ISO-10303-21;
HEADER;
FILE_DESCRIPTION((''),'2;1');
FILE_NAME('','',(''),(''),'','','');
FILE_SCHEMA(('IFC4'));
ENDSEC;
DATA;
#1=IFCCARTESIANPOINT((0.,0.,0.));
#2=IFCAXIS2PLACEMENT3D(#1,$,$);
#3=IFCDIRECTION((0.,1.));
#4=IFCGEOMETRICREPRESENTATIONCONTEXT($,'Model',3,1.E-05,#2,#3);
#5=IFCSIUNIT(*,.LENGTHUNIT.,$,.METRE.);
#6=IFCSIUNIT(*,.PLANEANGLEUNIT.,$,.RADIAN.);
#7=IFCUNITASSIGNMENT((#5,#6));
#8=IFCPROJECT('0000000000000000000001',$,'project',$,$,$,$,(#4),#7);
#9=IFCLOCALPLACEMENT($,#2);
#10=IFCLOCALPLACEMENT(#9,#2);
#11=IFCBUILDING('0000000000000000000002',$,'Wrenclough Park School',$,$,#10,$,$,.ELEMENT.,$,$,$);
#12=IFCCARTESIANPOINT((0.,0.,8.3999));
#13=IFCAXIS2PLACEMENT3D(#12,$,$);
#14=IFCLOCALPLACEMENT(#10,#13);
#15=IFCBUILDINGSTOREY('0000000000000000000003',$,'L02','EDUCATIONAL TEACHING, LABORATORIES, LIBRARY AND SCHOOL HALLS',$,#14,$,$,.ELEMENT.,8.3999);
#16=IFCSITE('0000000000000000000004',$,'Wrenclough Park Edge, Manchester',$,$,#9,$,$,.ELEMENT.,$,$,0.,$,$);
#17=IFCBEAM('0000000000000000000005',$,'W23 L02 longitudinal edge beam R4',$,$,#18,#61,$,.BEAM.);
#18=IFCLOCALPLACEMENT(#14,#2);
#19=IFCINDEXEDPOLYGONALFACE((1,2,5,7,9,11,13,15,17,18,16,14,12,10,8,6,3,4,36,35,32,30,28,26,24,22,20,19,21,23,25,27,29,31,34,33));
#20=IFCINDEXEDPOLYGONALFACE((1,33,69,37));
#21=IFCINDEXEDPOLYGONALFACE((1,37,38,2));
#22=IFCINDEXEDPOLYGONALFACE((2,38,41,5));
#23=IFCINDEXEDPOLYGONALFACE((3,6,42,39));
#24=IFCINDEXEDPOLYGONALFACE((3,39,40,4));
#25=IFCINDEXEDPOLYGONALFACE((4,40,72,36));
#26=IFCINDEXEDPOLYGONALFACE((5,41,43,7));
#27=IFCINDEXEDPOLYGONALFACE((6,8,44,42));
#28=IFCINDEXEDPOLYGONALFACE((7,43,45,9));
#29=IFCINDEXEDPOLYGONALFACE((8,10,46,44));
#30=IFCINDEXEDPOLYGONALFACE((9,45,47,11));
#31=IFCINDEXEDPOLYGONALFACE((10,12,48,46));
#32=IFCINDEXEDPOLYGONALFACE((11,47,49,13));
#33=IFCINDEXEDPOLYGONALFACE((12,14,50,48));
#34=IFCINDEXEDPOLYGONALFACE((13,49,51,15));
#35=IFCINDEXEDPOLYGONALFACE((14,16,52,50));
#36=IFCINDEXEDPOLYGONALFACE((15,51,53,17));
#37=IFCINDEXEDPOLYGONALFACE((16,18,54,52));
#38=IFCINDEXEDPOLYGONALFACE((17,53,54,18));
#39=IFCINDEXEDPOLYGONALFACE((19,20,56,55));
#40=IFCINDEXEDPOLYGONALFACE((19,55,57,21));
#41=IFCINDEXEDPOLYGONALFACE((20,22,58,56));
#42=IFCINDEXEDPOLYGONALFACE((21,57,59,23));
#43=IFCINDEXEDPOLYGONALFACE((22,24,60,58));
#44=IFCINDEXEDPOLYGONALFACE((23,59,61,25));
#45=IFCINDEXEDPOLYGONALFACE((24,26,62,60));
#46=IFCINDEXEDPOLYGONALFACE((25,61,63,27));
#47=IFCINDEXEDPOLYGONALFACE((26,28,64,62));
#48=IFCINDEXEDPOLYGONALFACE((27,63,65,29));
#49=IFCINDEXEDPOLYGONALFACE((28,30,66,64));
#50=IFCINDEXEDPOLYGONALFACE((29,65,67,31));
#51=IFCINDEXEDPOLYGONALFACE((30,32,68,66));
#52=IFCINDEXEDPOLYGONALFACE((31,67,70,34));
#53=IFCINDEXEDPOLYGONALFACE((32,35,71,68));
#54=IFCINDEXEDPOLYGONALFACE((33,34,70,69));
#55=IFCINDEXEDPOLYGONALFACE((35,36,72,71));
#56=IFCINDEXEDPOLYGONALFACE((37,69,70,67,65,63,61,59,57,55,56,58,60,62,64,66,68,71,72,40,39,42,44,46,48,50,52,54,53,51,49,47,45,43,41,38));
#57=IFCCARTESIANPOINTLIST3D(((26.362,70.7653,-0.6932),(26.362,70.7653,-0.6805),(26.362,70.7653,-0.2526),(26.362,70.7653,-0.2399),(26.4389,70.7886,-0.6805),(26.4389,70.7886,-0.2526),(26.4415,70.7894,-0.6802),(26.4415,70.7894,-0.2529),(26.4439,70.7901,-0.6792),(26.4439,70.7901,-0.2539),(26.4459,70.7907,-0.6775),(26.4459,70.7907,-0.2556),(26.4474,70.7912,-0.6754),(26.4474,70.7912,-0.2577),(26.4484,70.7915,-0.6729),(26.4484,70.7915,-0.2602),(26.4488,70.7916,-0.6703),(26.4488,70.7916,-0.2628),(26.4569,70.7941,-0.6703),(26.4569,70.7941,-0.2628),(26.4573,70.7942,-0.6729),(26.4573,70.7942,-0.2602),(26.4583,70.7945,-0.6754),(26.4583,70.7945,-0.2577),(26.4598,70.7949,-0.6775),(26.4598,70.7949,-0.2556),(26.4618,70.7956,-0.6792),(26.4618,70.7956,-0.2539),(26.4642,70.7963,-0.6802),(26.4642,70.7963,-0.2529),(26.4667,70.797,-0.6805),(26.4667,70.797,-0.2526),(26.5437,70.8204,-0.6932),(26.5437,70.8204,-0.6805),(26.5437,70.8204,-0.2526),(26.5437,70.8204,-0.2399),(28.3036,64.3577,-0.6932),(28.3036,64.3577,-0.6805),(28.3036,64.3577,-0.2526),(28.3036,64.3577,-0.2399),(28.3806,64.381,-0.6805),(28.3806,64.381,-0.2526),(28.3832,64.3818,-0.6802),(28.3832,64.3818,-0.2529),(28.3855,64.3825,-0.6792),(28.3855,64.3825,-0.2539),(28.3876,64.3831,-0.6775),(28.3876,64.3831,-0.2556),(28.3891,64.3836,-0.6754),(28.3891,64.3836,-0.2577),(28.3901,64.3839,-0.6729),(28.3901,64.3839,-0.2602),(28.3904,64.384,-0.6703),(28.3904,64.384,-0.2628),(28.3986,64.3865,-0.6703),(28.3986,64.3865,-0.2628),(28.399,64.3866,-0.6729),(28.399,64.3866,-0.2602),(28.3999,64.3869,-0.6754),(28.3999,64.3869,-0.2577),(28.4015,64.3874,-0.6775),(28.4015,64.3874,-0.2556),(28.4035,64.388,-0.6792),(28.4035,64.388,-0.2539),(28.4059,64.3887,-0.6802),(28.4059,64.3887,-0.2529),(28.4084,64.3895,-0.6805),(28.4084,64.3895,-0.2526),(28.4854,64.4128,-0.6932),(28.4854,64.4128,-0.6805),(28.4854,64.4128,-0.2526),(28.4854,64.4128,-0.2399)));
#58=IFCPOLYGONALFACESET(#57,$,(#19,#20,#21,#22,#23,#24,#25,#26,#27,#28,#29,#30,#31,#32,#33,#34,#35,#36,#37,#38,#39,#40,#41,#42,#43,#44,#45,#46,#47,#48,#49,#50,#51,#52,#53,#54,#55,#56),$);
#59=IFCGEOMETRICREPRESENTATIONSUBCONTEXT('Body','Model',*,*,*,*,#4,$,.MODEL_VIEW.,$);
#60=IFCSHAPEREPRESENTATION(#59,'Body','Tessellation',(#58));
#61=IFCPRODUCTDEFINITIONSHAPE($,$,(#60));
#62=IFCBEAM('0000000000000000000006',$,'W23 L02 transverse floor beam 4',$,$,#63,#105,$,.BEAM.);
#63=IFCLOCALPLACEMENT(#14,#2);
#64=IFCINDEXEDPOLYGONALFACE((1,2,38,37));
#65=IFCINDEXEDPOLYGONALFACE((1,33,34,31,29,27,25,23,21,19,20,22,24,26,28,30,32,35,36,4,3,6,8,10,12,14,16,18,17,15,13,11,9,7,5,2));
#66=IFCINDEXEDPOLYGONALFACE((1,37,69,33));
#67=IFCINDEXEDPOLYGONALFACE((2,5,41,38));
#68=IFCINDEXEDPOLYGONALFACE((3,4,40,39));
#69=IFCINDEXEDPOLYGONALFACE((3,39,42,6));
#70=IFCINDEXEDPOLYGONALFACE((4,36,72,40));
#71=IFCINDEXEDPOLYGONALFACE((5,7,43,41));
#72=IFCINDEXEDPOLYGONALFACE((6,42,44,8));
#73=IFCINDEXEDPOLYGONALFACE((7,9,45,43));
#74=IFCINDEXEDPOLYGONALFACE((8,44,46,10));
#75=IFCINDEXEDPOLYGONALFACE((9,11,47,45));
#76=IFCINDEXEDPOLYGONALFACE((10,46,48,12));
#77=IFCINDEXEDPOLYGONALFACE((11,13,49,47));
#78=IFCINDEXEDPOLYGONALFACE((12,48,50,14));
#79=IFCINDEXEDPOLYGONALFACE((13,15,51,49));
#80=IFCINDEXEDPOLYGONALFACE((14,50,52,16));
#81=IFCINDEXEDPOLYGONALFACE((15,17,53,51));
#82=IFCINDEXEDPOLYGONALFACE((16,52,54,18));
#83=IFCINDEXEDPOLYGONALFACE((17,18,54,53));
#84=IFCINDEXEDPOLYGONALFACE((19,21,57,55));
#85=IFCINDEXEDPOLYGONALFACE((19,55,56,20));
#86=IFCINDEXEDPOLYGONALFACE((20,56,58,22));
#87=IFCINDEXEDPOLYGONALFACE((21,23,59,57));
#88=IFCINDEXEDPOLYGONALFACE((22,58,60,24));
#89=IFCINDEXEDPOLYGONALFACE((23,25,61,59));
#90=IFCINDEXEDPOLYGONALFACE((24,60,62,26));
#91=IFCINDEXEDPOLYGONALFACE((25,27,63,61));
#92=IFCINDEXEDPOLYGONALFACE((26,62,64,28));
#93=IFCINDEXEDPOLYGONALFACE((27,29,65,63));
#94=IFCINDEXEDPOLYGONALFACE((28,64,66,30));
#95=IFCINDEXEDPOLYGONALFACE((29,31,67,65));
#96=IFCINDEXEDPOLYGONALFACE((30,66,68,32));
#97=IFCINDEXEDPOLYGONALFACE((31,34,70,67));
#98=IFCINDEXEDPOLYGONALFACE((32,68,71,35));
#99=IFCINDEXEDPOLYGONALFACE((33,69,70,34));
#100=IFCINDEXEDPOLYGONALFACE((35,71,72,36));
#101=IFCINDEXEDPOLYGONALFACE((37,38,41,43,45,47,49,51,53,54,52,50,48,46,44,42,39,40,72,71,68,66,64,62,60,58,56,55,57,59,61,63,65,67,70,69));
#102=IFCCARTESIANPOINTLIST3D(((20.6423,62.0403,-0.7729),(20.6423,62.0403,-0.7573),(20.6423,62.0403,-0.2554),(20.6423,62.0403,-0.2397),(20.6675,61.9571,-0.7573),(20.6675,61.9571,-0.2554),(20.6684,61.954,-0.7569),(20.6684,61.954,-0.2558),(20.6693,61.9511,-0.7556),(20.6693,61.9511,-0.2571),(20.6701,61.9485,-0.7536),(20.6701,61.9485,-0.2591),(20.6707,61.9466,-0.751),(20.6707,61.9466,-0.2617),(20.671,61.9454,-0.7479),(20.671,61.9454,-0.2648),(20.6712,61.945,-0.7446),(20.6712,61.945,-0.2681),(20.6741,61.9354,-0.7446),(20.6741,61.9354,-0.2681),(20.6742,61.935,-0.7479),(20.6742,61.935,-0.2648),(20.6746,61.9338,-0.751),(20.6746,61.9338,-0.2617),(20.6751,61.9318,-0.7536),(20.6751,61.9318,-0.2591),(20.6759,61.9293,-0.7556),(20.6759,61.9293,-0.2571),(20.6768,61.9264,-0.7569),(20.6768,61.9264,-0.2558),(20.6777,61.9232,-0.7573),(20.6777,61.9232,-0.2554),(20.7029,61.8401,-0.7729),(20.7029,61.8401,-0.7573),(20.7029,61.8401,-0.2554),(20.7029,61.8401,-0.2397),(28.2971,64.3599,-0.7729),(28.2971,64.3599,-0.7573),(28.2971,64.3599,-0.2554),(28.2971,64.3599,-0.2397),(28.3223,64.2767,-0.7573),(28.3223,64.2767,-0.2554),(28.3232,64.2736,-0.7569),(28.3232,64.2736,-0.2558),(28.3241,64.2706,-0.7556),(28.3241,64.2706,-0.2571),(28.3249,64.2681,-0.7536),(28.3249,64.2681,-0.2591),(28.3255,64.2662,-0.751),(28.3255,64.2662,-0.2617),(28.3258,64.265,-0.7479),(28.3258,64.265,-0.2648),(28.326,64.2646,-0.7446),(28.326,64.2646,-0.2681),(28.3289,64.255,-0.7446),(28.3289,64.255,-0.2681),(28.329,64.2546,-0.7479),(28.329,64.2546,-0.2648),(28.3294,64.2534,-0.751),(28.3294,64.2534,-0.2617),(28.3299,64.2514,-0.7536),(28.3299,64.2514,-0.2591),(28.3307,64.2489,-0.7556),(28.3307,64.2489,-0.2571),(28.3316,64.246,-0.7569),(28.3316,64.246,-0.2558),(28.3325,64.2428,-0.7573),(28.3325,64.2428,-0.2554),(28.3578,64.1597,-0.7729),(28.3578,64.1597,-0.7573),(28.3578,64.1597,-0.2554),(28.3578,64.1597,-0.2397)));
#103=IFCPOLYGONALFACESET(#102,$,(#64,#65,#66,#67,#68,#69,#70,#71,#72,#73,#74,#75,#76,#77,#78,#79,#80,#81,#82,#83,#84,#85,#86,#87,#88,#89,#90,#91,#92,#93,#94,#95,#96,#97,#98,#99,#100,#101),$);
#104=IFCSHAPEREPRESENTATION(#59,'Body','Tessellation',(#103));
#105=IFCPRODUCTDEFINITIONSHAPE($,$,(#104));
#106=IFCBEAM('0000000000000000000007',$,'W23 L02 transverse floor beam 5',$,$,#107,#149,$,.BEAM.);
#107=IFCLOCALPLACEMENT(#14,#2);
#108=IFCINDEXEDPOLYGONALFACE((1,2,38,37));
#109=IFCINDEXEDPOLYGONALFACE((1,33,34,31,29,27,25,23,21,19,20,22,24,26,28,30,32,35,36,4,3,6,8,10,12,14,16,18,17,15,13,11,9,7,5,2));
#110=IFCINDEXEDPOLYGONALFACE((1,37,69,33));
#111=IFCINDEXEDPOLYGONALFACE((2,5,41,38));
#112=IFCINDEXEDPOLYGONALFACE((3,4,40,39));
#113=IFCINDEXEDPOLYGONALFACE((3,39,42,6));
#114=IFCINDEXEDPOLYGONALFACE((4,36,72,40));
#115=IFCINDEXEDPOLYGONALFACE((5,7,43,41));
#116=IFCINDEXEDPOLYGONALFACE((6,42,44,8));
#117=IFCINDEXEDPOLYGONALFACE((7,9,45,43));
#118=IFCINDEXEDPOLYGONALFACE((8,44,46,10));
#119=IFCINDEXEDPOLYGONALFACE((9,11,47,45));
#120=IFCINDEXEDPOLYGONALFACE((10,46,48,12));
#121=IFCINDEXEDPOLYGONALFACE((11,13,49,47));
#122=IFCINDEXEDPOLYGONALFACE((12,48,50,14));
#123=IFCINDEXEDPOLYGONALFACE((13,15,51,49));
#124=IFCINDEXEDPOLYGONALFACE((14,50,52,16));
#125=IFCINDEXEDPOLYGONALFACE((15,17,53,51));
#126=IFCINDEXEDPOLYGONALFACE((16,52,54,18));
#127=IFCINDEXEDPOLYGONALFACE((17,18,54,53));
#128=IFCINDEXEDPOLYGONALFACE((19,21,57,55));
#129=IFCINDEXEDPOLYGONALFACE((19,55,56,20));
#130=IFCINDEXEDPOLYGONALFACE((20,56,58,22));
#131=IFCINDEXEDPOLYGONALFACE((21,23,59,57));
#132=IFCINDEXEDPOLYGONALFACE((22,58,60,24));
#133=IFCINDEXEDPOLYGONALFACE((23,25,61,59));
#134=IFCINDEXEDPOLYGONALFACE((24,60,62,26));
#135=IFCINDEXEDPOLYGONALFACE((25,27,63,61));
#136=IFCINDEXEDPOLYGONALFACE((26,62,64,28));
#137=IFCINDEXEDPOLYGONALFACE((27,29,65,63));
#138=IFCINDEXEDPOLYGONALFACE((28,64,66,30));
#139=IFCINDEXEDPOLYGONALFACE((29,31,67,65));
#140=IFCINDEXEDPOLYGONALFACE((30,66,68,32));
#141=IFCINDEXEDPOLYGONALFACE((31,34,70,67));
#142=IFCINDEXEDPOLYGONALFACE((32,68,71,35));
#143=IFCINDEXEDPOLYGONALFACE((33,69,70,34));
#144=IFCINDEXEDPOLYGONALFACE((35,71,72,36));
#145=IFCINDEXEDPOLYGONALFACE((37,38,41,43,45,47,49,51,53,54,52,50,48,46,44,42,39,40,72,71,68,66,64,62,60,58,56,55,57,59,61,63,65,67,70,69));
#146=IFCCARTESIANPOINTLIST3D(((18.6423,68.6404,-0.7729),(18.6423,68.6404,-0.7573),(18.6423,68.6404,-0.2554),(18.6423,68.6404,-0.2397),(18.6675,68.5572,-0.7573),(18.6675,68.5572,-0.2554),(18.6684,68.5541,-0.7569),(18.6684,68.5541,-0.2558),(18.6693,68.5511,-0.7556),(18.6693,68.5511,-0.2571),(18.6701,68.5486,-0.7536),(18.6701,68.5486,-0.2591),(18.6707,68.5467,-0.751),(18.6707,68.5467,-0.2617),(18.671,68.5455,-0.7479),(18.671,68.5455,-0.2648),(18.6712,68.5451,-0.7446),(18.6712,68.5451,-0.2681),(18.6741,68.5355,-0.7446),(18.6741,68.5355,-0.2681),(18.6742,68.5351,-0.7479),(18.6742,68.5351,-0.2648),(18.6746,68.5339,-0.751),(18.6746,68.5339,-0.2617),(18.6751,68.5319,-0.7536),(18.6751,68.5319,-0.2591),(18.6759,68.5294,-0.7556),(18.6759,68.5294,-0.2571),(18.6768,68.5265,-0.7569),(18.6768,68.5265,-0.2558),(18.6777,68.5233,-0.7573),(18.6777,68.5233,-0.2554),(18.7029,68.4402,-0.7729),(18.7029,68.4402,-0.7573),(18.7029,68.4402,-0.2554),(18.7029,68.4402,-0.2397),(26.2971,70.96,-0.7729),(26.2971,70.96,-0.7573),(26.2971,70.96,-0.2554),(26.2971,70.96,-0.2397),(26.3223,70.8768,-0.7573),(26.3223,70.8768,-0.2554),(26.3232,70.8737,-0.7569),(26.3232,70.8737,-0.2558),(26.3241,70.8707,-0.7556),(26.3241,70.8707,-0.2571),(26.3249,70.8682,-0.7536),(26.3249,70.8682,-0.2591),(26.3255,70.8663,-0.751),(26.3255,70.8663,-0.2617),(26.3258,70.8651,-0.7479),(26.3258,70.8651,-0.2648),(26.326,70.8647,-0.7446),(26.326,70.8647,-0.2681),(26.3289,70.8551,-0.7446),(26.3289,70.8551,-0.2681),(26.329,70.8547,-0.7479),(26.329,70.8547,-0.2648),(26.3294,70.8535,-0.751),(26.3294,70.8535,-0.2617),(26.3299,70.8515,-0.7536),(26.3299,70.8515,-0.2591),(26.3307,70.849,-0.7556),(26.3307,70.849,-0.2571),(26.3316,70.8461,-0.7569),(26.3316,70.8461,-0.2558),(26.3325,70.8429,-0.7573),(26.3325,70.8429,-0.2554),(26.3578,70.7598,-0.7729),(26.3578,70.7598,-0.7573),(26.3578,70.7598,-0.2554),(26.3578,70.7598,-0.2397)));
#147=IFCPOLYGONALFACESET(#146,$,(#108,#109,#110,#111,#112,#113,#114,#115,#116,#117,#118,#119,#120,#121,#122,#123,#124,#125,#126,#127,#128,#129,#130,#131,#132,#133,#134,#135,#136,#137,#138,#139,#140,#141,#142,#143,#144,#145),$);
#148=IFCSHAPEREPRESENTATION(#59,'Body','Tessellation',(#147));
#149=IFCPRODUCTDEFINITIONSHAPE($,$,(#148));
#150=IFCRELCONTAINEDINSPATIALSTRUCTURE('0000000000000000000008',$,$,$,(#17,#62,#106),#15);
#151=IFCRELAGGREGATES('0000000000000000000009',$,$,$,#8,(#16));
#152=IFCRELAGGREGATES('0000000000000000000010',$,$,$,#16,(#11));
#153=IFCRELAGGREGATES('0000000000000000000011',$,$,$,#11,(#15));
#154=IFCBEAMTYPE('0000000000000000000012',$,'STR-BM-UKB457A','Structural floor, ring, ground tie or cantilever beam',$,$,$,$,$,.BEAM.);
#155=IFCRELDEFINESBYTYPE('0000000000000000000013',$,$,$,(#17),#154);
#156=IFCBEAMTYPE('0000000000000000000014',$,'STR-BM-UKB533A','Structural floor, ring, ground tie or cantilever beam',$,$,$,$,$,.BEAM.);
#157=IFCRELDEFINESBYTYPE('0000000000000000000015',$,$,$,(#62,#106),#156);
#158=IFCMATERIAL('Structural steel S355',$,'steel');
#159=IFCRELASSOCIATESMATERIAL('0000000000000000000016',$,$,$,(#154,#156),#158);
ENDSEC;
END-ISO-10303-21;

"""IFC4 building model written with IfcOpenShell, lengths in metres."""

from ifc_helpers import new_model, si_unit, direction, frame, origin, origin_2d, place, context, subcontext, project, spatial, i_section, extrude, material, material_profile, profile_set, type_object, element, save


model = new_model("IFC4")

# Units and contexts
model_context = context("Model", 3, precision=1e-05, world=origin(), true_north=direction((0.0, 1.0)))
body_context = subcontext(model_context, "Body", "Model", "MODEL_VIEW")
ifc_project = project(units=[si_unit("LENGTHUNIT", "METRE"), si_unit("PLANEANGLEUNIT", "RADIAN")], contexts=[model_context])

# Site, building, storey
site_placement = place(None, origin())
site = spatial("IfcSite", under=ifc_project, at=site_placement, Name="Wrenclough Park Edge, Manchester", CompositionType="ELEMENT", RefElevation=0.0)
building_placement = place(site_placement, origin())
building = spatial("IfcBuilding", under=site, at=building_placement, Name="Wrenclough Park School", CompositionType="ELEMENT")
storey_placement = place(building_placement, frame((0.0, 0.0, 8.3999)))
storey = spatial("IfcBuildingStorey", under=building, at=storey_placement, Name="L02", Description="EDUCATIONAL TEACHING, LABORATORIES, LIBRARY AND SCHOOL HALLS", CompositionType="ELEMENT", Elevation=8.3999)

# Shared definitions
ifc_material_1 = material(Name="Structural steel S355", Category="steel")

# Beams
ifc_material_profile_1 = material_profile(ifc_material_1, i_section(OverallWidth=0.1899, OverallDepth=0.4534, WebThickness=0.0085, FlangeThickness=0.0127, FilletRadius=0.0103, at=origin_2d()), Name="UKB 457x191x67")
ifc_profile_set_1 = profile_set([ifc_material_profile_1], Name="Structural steel S355")
beam_type_1 = type_object("IfcBeamType", Name="STR-BM-UKB457A", Description="Structural floor, ring, ground tie or cantilever beam", PredefinedType="BEAM", material=ifc_profile_set_1)
beam_1_placement = place(storey_placement, frame((28.3945, 64.3853, -0.4666), z_axis=(-0.290006, 0.957025, 0.0), x_axis=(-0.957025, -0.290006, 0.0)))
element("IfcBeam", 1, at=beam_1_placement, inside=storey, type_object=beam_type_1, Name="W23 L02 longitudinal edge beam R4", PredefinedType="BEAM", context=body_context, shape_type="SweptSolid", body=[
    extrude(i_section(OverallWidth=0.1899, OverallDepth=0.4534, WebThickness=0.0085, FlangeThickness=0.0127, FilletRadius=0.0103, at=origin_2d()), origin(), (0.0, 0.0, 1.0), 6.6953),
])
ifc_material_profile_2 = material_profile(ifc_material_1, i_section(OverallWidth=0.2092, OverallDepth=0.5332, WebThickness=0.01, FlangeThickness=0.0156, FilletRadius=0.0127, at=origin_2d()), Name="UKB 533x210x92")
ifc_profile_set_2 = profile_set([ifc_material_profile_2], Name="Structural steel S355")
beam_type_2 = type_object("IfcBeamType", Name="STR-BM-UKB533A", Description="Structural floor, ring, ground tie or cantilever beam", PredefinedType="BEAM", material=ifc_profile_set_2)
for number, where, z_axis, x_axis, name in (
    (2, (20.6726, 61.9402, -0.5063), (0.957026, 0.290001, 0.0), (-0.290001, 0.957026, 0.0), "W23 L02 transverse floor beam 4"),
    (3, (18.6726, 68.5403, -0.5063), (0.957026, 0.290001, 0.0), (-0.290001, 0.957026, 0.0), "W23 L02 transverse floor beam 5"),
):
    element("IfcBeam", number, at=place(storey_placement, frame(where, z_axis=z_axis, x_axis=x_axis)), inside=storey, type_object=beam_type_2, Name=name, PredefinedType="BEAM", context=body_context, shape_type="SweptSolid", body=[
        extrude(i_section(OverallWidth=0.2092, OverallDepth=0.5332, WebThickness=0.01, FlangeThickness=0.0156, FilletRadius=0.0127, at=origin_2d()), origin(), (0.0, 0.0, 1.0), 7.9985),
    ])

save(model, "model.ifc")
